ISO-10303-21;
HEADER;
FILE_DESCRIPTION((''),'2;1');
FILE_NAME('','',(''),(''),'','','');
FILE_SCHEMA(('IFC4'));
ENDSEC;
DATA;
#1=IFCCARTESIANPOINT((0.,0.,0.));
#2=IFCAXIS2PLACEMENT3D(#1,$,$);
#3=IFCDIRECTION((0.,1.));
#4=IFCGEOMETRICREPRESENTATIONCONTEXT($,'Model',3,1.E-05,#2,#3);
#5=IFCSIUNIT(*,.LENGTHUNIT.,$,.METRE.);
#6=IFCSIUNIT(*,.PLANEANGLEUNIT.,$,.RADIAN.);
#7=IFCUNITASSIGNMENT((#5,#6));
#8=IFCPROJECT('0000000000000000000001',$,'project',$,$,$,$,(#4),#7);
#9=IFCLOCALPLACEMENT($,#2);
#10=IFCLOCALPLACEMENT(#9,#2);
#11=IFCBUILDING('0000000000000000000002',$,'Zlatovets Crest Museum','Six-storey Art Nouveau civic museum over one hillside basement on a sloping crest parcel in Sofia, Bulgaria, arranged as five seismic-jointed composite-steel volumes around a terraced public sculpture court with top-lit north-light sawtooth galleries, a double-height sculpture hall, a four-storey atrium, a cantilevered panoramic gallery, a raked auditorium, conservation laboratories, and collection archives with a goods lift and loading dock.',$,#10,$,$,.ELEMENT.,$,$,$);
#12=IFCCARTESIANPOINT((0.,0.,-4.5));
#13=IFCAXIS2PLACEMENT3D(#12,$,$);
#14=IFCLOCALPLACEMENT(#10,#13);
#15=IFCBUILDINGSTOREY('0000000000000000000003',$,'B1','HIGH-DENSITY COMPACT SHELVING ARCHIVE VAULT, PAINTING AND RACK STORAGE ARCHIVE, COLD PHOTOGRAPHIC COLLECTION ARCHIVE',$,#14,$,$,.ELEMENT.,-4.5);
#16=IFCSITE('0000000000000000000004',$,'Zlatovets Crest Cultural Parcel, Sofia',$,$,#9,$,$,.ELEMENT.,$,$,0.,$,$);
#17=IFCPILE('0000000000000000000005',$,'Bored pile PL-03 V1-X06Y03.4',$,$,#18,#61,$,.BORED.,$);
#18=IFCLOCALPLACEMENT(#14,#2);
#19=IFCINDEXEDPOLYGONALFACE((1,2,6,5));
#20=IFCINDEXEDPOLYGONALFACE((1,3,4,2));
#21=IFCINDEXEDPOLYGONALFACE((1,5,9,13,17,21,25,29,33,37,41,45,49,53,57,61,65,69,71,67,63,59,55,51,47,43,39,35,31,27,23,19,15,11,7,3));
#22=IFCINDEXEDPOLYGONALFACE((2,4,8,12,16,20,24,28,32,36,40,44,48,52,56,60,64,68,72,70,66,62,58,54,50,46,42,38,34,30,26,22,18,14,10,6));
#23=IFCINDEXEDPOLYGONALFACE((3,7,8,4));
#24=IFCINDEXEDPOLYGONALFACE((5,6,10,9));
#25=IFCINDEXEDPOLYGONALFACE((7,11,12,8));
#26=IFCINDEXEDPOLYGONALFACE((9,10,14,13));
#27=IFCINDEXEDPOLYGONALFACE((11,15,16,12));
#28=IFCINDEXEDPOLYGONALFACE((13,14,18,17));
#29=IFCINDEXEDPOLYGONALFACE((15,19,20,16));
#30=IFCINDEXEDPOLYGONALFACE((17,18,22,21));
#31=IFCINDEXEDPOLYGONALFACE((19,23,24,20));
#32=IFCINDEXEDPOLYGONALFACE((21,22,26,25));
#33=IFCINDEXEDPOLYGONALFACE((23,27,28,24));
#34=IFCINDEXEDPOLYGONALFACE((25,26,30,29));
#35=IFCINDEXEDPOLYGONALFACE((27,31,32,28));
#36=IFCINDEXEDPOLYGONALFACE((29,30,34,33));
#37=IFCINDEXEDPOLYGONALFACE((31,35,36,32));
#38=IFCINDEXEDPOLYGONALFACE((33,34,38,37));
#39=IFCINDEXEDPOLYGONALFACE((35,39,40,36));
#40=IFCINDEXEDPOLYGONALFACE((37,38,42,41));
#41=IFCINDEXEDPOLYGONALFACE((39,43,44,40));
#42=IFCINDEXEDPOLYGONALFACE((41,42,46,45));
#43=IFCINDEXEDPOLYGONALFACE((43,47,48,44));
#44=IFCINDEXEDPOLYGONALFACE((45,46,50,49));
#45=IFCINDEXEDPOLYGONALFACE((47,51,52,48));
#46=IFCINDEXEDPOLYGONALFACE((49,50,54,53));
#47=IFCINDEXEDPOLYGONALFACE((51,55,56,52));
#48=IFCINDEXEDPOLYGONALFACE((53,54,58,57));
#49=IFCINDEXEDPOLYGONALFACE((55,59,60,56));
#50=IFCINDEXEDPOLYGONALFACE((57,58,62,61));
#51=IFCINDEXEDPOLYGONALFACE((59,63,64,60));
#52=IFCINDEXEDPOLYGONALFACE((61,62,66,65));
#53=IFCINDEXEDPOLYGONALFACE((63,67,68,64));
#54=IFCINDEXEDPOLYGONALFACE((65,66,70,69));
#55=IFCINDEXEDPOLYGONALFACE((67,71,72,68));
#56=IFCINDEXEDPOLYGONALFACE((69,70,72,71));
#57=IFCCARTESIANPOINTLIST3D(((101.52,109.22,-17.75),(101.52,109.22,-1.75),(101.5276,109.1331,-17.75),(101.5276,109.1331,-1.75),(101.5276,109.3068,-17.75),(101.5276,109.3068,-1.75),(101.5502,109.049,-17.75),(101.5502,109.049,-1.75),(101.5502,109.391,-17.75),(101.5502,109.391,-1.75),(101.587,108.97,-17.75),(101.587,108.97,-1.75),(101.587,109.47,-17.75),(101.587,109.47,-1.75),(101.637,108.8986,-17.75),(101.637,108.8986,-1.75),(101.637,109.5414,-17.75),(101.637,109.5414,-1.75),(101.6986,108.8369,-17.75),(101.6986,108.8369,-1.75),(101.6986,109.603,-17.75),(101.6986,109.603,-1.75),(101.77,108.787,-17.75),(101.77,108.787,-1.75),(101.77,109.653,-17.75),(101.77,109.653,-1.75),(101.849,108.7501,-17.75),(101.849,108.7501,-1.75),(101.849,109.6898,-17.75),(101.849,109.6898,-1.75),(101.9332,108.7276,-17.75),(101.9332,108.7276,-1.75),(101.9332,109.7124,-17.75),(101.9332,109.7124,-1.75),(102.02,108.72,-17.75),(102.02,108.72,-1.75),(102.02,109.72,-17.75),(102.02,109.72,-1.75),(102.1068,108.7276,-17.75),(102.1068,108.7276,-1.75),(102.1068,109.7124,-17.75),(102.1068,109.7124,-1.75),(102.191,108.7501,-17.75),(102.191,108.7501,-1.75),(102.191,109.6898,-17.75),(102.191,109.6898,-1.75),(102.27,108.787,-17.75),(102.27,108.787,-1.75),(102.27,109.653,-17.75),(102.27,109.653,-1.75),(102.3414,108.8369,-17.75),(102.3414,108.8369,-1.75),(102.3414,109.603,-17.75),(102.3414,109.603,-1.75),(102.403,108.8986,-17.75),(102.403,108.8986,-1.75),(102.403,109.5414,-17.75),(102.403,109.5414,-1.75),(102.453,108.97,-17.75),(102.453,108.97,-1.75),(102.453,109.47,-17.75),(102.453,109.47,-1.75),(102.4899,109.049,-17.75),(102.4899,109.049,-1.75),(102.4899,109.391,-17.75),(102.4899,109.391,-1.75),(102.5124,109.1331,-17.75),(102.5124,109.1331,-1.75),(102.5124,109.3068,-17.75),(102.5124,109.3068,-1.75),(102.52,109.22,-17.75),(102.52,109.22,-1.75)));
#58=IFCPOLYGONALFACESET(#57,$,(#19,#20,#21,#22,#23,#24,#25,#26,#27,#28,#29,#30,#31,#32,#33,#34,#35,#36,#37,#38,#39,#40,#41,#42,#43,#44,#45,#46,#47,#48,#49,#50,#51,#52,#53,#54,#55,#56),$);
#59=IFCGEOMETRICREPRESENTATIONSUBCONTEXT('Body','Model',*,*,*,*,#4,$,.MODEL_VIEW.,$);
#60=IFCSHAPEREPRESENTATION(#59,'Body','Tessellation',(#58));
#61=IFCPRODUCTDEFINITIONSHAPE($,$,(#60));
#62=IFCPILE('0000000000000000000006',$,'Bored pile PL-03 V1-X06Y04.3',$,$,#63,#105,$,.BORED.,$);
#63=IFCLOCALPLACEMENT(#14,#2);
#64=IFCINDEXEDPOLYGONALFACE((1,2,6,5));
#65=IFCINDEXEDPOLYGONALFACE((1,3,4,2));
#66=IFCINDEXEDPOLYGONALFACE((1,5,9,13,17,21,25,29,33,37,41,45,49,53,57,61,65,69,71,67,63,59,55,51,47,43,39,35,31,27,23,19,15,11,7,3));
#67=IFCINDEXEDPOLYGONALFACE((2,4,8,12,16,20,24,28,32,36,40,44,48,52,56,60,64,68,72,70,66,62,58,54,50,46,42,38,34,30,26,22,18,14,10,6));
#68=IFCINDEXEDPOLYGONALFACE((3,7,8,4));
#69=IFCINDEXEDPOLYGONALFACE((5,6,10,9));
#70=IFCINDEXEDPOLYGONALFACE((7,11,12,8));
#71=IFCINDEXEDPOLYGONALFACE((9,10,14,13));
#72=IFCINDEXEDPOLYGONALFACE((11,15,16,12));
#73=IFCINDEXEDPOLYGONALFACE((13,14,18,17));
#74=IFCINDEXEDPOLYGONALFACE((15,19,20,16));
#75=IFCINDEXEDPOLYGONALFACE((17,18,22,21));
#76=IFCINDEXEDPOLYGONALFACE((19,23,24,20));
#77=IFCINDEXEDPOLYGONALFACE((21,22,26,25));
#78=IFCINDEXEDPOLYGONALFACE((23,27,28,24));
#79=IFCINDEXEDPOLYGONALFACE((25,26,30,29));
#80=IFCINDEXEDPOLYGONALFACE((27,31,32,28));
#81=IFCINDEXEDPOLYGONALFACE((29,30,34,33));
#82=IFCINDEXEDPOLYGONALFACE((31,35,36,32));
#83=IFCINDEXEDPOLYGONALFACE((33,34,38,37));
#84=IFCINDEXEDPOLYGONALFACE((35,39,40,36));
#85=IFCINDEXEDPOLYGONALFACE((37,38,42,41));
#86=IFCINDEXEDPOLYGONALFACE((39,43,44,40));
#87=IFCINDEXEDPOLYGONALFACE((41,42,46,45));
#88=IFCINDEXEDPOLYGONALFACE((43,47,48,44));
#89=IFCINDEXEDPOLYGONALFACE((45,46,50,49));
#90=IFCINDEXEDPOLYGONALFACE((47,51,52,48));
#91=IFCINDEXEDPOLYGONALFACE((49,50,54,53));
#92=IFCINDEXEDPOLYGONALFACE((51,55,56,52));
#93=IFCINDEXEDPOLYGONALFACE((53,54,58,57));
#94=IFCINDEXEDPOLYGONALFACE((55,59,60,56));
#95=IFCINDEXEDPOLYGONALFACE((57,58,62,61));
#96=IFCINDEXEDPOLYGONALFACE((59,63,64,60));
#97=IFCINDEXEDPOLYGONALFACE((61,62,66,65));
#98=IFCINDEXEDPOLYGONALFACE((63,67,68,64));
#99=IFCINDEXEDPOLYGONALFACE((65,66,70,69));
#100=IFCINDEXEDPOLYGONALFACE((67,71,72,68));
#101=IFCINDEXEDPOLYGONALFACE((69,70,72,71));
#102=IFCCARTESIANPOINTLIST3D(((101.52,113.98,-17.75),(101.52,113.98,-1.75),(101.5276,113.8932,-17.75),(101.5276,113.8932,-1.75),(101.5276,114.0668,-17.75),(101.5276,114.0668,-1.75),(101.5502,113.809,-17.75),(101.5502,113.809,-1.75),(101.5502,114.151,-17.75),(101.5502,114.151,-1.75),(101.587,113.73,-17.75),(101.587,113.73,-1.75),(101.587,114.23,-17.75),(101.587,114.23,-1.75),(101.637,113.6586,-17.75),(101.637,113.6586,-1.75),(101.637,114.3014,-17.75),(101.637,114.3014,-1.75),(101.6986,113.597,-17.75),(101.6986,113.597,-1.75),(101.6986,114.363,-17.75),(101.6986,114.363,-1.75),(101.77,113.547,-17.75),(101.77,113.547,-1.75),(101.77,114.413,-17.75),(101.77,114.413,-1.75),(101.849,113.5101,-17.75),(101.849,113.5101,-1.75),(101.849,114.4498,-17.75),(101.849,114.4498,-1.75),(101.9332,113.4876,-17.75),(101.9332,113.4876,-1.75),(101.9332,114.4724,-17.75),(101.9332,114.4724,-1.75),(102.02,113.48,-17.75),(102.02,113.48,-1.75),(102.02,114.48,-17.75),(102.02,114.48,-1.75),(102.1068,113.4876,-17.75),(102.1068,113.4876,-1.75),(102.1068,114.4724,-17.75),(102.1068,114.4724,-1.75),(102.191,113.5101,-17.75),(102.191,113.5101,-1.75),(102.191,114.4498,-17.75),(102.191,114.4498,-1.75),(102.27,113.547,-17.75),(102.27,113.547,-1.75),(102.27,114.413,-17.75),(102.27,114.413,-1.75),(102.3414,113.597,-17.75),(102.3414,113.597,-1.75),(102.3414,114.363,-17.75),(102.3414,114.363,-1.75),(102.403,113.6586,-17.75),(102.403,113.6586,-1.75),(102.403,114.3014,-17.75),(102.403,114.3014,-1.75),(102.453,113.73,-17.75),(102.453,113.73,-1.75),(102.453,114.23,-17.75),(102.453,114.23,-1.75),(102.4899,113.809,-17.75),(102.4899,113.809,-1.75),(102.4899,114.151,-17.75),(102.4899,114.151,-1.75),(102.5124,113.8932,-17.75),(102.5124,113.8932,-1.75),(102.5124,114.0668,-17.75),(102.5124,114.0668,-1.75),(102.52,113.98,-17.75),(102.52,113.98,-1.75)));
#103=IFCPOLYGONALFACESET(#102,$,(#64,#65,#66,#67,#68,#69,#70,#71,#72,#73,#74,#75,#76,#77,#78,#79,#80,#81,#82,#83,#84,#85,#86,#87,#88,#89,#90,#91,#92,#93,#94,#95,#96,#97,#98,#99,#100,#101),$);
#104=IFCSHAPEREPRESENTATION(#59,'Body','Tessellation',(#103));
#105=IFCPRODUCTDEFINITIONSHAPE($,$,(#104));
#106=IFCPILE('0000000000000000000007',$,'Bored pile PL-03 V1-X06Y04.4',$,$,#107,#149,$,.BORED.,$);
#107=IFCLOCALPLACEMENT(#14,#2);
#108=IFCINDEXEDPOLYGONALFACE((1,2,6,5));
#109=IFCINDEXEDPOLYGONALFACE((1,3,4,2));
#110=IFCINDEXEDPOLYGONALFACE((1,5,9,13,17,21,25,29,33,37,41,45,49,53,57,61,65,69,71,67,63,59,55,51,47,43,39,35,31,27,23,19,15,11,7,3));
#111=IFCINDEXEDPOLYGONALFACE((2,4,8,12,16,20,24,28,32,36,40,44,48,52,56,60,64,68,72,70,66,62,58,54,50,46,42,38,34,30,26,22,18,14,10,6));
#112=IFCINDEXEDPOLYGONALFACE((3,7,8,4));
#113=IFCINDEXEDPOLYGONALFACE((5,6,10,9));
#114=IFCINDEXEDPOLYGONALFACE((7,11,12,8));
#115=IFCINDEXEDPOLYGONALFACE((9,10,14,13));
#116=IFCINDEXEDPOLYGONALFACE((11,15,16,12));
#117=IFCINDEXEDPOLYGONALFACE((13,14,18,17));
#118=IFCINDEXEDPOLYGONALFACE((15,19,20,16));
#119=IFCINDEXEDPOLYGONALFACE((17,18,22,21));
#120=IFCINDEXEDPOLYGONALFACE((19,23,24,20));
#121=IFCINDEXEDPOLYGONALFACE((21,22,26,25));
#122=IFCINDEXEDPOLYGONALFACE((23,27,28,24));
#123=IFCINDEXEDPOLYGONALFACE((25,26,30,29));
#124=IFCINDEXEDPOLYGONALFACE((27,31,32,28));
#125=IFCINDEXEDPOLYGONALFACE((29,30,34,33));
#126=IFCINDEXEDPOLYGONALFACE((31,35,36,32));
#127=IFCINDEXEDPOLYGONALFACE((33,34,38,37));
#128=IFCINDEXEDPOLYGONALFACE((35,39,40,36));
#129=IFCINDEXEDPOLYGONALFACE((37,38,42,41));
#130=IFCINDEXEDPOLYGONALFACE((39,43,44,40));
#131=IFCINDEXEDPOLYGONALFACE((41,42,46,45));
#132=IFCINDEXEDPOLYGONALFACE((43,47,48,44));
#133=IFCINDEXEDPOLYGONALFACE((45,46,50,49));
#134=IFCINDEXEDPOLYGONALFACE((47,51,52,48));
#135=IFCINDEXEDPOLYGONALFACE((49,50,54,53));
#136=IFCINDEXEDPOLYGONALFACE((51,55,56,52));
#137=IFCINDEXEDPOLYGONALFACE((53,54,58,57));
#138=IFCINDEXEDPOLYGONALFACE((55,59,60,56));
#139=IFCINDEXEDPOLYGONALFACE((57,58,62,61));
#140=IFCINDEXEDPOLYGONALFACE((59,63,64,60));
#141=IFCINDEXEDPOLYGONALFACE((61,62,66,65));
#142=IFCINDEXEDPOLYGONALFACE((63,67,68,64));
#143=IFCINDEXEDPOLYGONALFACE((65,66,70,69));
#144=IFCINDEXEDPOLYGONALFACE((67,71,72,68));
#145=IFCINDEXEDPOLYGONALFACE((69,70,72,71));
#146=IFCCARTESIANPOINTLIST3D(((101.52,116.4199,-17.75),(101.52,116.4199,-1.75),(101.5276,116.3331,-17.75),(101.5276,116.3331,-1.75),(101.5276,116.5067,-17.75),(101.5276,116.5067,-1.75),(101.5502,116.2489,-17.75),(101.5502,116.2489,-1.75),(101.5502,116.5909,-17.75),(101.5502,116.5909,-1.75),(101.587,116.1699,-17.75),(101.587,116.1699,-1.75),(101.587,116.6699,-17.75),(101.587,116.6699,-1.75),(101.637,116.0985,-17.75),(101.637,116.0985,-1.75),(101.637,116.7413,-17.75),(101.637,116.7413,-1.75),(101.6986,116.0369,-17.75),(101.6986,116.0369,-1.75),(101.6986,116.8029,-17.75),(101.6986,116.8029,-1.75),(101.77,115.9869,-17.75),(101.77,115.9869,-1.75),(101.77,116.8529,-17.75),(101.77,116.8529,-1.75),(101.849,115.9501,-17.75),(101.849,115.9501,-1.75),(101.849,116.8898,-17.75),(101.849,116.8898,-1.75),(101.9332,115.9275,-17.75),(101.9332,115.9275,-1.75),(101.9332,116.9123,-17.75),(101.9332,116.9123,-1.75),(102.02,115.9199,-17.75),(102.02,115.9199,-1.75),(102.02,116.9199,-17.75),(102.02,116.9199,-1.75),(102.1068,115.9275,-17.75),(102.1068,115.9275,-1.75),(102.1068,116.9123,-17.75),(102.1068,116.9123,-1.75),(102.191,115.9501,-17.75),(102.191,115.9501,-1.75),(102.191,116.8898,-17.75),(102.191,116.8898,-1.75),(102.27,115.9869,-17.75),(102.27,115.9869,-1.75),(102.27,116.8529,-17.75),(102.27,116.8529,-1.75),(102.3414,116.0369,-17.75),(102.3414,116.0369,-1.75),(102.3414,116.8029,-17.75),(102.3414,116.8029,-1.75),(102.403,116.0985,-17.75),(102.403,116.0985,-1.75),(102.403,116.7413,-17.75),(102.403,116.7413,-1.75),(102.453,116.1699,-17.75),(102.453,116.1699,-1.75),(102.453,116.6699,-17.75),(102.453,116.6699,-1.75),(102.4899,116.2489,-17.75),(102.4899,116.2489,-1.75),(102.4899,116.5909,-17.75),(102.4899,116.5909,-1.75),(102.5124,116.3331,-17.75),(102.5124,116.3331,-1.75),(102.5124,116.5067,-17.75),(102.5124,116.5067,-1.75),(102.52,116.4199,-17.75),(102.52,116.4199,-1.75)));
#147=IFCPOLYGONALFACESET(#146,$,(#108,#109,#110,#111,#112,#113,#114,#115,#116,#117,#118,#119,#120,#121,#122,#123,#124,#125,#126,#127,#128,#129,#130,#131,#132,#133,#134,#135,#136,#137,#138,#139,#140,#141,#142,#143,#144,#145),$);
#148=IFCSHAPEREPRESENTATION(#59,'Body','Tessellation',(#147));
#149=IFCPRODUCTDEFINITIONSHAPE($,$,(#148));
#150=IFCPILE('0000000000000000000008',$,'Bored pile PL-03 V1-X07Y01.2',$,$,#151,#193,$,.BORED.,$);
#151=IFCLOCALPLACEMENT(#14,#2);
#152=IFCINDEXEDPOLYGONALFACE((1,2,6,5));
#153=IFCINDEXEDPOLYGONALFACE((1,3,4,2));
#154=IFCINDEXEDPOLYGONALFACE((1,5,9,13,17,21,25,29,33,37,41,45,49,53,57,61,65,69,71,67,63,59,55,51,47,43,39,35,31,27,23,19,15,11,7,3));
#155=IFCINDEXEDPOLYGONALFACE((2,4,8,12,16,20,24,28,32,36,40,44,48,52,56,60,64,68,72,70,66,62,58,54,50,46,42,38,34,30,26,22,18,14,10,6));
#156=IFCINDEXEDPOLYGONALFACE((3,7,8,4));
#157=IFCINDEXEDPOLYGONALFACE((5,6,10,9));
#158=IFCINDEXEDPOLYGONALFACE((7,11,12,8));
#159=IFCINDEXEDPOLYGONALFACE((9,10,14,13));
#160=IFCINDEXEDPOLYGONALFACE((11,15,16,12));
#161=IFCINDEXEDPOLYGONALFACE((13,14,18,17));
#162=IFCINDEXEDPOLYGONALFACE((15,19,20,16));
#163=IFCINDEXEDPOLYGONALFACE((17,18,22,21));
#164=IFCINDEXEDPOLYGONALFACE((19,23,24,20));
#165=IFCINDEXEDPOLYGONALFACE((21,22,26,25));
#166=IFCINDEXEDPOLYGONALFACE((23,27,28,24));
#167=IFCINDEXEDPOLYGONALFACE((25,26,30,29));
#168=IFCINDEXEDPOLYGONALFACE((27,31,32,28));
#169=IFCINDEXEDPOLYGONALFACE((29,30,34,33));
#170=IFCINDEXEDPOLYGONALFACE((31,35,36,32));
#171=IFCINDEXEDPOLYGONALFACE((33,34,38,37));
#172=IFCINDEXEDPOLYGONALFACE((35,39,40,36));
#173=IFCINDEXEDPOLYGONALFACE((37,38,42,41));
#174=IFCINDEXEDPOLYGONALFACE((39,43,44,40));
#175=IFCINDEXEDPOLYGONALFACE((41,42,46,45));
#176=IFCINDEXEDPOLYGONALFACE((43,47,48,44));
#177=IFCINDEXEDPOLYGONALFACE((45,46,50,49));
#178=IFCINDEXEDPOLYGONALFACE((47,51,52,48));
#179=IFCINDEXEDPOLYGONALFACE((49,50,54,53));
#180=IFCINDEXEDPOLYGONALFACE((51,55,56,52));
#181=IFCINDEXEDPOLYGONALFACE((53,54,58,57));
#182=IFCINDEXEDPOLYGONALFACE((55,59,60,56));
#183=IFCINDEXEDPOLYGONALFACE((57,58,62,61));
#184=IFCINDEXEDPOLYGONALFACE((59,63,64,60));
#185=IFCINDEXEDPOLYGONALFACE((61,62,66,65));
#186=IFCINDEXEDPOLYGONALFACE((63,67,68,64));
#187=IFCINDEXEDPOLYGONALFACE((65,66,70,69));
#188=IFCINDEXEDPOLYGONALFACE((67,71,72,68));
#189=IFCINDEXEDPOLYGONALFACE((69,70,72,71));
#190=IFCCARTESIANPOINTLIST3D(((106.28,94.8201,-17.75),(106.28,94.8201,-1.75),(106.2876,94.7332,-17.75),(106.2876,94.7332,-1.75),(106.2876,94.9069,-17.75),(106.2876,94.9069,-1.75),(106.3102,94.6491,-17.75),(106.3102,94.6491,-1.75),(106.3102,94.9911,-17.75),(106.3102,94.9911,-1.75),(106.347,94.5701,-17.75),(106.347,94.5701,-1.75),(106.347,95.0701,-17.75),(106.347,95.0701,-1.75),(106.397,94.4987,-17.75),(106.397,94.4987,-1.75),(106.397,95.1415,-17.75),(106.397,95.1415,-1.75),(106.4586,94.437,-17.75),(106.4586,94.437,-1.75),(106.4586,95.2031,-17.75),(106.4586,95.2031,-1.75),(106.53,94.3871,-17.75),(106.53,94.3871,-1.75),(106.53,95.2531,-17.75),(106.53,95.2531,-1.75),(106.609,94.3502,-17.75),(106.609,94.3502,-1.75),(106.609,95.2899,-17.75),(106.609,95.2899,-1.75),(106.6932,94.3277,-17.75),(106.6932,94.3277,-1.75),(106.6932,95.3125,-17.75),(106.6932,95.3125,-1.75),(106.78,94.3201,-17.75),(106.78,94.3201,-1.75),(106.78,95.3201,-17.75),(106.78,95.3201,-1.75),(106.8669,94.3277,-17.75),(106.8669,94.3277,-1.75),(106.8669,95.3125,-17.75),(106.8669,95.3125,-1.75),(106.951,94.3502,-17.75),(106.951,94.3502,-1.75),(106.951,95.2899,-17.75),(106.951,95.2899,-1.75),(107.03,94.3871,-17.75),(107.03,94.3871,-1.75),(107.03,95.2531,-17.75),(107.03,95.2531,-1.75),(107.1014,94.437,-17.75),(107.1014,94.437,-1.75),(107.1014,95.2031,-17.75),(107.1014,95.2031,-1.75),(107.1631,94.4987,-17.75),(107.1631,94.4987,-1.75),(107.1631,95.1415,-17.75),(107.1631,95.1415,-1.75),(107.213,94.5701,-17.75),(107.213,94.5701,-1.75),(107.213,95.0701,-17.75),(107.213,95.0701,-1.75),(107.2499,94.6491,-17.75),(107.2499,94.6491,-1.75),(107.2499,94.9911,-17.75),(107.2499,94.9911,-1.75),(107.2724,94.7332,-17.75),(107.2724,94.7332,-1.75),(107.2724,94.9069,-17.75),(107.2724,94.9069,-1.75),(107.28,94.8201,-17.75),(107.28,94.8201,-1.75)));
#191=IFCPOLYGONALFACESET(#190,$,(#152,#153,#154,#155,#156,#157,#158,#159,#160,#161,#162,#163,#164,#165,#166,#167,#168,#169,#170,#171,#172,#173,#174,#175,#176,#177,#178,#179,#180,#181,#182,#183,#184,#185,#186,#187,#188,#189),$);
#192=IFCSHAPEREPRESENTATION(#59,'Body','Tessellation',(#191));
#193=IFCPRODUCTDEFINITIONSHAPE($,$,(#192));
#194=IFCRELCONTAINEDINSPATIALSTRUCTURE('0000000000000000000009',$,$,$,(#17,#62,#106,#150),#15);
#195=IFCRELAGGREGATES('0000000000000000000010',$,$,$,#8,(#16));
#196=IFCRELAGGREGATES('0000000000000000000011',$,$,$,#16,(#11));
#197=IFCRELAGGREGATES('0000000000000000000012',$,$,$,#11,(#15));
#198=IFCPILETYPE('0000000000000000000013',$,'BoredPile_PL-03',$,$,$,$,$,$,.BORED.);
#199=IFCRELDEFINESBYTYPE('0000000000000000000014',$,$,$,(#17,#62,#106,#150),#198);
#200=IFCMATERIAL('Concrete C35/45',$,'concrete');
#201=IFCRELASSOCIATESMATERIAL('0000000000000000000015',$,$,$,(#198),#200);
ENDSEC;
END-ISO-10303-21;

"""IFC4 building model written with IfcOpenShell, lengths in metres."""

from ifc_helpers import new_model, si_unit, direction, frame, origin, origin_2d, place, context, subcontext, project, spatial, circle, extrude, material, material_profile, profile_set, type_object, element, save


model = new_model("IFC4")

# Units and contexts
model_context = context("Model", 3, precision=1e-05, world=origin(), true_north=direction((0.0, 1.0)))
body_context = subcontext(model_context, "Body", "Model", "MODEL_VIEW")
ifc_project = project(units=[si_unit("LENGTHUNIT", "METRE"), si_unit("PLANEANGLEUNIT", "RADIAN")], contexts=[model_context])

# Site, building, storey
site_placement = place(None, origin())
site = spatial("IfcSite", under=ifc_project, at=site_placement, Name="Zlatovets Crest Cultural Parcel, Sofia", CompositionType="ELEMENT", RefElevation=0.0)
building_placement = place(site_placement, origin())
building = spatial("IfcBuilding", under=site, at=building_placement, Name="Zlatovets Crest Museum", Description="Six-storey Art Nouveau civic museum over one hillside basement on a sloping crest parcel in Sofia, Bulgaria, arranged as five seismic-jointed composite-steel volumes around a terraced public sculpture court with top-lit north-light sawtooth galleries, a double-height sculpture hall, a four-storey atrium, a cantilevered panoramic gallery, a raked auditorium, conservation laboratories, and collection archives with a goods lift and loading dock.", CompositionType="ELEMENT")
storey_placement = place(building_placement, frame((0.0, 0.0, -4.5)))
storey = spatial("IfcBuildingStorey", under=building, at=storey_placement, Name="B1", Description="HIGH-DENSITY COMPACT SHELVING ARCHIVE VAULT, PAINTING AND RACK STORAGE ARCHIVE, COLD PHOTOGRAPHIC COLLECTION ARCHIVE", CompositionType="ELEMENT", Elevation=-4.5)

# Piles
ifc_material_1 = material(Name="Concrete C35/45", Category="concrete")
ifc_material_profile_1 = material_profile(ifc_material_1, circle(Radius=0.5, at=origin_2d()), Name="PILE D1000")
ifc_profile_set_1 = profile_set([ifc_material_profile_1], Name="Concrete C35/45")
pile_type = type_object("IfcPileType", Name="BoredPile_PL-03", PredefinedType="BORED", material=ifc_profile_set_1)
for number, where, z_axis, x_axis, name in (
    (1, (102.02, 109.22, -1.75), (0.0, 0.0, -1.0), (1.0, 0.0, 0.0), "Bored pile PL-03 V1-X06Y03.4"),
    (2, (102.02, 113.98, -1.75), (0.0, 0.0, -1.0), (1.0, 0.0, 0.0), "Bored pile PL-03 V1-X06Y04.3"),
    (3, (102.02, 116.4199, -1.75), (0.0, 0.0, -1.0), (1.0, 0.0, 0.0), "Bored pile PL-03 V1-X06Y04.4"),
    (4, (106.78, 94.8201, -1.75), (0.0, 0.0, -1.0), (1.0, 0.0, 0.0), "Bored pile PL-03 V1-X07Y01.2"),
):
    element("IfcPile", number, at=place(storey_placement, frame(where, z_axis=z_axis, x_axis=x_axis)), inside=storey, type_object=pile_type, Name=name, PredefinedType="BORED", context=body_context, shape_type="SweptSolid", body=[
        extrude(circle(Radius=0.5, at=origin_2d()), origin(), (0.0, 0.0, 1.0), 16.0),
    ])

save(model, "model.ifc")
